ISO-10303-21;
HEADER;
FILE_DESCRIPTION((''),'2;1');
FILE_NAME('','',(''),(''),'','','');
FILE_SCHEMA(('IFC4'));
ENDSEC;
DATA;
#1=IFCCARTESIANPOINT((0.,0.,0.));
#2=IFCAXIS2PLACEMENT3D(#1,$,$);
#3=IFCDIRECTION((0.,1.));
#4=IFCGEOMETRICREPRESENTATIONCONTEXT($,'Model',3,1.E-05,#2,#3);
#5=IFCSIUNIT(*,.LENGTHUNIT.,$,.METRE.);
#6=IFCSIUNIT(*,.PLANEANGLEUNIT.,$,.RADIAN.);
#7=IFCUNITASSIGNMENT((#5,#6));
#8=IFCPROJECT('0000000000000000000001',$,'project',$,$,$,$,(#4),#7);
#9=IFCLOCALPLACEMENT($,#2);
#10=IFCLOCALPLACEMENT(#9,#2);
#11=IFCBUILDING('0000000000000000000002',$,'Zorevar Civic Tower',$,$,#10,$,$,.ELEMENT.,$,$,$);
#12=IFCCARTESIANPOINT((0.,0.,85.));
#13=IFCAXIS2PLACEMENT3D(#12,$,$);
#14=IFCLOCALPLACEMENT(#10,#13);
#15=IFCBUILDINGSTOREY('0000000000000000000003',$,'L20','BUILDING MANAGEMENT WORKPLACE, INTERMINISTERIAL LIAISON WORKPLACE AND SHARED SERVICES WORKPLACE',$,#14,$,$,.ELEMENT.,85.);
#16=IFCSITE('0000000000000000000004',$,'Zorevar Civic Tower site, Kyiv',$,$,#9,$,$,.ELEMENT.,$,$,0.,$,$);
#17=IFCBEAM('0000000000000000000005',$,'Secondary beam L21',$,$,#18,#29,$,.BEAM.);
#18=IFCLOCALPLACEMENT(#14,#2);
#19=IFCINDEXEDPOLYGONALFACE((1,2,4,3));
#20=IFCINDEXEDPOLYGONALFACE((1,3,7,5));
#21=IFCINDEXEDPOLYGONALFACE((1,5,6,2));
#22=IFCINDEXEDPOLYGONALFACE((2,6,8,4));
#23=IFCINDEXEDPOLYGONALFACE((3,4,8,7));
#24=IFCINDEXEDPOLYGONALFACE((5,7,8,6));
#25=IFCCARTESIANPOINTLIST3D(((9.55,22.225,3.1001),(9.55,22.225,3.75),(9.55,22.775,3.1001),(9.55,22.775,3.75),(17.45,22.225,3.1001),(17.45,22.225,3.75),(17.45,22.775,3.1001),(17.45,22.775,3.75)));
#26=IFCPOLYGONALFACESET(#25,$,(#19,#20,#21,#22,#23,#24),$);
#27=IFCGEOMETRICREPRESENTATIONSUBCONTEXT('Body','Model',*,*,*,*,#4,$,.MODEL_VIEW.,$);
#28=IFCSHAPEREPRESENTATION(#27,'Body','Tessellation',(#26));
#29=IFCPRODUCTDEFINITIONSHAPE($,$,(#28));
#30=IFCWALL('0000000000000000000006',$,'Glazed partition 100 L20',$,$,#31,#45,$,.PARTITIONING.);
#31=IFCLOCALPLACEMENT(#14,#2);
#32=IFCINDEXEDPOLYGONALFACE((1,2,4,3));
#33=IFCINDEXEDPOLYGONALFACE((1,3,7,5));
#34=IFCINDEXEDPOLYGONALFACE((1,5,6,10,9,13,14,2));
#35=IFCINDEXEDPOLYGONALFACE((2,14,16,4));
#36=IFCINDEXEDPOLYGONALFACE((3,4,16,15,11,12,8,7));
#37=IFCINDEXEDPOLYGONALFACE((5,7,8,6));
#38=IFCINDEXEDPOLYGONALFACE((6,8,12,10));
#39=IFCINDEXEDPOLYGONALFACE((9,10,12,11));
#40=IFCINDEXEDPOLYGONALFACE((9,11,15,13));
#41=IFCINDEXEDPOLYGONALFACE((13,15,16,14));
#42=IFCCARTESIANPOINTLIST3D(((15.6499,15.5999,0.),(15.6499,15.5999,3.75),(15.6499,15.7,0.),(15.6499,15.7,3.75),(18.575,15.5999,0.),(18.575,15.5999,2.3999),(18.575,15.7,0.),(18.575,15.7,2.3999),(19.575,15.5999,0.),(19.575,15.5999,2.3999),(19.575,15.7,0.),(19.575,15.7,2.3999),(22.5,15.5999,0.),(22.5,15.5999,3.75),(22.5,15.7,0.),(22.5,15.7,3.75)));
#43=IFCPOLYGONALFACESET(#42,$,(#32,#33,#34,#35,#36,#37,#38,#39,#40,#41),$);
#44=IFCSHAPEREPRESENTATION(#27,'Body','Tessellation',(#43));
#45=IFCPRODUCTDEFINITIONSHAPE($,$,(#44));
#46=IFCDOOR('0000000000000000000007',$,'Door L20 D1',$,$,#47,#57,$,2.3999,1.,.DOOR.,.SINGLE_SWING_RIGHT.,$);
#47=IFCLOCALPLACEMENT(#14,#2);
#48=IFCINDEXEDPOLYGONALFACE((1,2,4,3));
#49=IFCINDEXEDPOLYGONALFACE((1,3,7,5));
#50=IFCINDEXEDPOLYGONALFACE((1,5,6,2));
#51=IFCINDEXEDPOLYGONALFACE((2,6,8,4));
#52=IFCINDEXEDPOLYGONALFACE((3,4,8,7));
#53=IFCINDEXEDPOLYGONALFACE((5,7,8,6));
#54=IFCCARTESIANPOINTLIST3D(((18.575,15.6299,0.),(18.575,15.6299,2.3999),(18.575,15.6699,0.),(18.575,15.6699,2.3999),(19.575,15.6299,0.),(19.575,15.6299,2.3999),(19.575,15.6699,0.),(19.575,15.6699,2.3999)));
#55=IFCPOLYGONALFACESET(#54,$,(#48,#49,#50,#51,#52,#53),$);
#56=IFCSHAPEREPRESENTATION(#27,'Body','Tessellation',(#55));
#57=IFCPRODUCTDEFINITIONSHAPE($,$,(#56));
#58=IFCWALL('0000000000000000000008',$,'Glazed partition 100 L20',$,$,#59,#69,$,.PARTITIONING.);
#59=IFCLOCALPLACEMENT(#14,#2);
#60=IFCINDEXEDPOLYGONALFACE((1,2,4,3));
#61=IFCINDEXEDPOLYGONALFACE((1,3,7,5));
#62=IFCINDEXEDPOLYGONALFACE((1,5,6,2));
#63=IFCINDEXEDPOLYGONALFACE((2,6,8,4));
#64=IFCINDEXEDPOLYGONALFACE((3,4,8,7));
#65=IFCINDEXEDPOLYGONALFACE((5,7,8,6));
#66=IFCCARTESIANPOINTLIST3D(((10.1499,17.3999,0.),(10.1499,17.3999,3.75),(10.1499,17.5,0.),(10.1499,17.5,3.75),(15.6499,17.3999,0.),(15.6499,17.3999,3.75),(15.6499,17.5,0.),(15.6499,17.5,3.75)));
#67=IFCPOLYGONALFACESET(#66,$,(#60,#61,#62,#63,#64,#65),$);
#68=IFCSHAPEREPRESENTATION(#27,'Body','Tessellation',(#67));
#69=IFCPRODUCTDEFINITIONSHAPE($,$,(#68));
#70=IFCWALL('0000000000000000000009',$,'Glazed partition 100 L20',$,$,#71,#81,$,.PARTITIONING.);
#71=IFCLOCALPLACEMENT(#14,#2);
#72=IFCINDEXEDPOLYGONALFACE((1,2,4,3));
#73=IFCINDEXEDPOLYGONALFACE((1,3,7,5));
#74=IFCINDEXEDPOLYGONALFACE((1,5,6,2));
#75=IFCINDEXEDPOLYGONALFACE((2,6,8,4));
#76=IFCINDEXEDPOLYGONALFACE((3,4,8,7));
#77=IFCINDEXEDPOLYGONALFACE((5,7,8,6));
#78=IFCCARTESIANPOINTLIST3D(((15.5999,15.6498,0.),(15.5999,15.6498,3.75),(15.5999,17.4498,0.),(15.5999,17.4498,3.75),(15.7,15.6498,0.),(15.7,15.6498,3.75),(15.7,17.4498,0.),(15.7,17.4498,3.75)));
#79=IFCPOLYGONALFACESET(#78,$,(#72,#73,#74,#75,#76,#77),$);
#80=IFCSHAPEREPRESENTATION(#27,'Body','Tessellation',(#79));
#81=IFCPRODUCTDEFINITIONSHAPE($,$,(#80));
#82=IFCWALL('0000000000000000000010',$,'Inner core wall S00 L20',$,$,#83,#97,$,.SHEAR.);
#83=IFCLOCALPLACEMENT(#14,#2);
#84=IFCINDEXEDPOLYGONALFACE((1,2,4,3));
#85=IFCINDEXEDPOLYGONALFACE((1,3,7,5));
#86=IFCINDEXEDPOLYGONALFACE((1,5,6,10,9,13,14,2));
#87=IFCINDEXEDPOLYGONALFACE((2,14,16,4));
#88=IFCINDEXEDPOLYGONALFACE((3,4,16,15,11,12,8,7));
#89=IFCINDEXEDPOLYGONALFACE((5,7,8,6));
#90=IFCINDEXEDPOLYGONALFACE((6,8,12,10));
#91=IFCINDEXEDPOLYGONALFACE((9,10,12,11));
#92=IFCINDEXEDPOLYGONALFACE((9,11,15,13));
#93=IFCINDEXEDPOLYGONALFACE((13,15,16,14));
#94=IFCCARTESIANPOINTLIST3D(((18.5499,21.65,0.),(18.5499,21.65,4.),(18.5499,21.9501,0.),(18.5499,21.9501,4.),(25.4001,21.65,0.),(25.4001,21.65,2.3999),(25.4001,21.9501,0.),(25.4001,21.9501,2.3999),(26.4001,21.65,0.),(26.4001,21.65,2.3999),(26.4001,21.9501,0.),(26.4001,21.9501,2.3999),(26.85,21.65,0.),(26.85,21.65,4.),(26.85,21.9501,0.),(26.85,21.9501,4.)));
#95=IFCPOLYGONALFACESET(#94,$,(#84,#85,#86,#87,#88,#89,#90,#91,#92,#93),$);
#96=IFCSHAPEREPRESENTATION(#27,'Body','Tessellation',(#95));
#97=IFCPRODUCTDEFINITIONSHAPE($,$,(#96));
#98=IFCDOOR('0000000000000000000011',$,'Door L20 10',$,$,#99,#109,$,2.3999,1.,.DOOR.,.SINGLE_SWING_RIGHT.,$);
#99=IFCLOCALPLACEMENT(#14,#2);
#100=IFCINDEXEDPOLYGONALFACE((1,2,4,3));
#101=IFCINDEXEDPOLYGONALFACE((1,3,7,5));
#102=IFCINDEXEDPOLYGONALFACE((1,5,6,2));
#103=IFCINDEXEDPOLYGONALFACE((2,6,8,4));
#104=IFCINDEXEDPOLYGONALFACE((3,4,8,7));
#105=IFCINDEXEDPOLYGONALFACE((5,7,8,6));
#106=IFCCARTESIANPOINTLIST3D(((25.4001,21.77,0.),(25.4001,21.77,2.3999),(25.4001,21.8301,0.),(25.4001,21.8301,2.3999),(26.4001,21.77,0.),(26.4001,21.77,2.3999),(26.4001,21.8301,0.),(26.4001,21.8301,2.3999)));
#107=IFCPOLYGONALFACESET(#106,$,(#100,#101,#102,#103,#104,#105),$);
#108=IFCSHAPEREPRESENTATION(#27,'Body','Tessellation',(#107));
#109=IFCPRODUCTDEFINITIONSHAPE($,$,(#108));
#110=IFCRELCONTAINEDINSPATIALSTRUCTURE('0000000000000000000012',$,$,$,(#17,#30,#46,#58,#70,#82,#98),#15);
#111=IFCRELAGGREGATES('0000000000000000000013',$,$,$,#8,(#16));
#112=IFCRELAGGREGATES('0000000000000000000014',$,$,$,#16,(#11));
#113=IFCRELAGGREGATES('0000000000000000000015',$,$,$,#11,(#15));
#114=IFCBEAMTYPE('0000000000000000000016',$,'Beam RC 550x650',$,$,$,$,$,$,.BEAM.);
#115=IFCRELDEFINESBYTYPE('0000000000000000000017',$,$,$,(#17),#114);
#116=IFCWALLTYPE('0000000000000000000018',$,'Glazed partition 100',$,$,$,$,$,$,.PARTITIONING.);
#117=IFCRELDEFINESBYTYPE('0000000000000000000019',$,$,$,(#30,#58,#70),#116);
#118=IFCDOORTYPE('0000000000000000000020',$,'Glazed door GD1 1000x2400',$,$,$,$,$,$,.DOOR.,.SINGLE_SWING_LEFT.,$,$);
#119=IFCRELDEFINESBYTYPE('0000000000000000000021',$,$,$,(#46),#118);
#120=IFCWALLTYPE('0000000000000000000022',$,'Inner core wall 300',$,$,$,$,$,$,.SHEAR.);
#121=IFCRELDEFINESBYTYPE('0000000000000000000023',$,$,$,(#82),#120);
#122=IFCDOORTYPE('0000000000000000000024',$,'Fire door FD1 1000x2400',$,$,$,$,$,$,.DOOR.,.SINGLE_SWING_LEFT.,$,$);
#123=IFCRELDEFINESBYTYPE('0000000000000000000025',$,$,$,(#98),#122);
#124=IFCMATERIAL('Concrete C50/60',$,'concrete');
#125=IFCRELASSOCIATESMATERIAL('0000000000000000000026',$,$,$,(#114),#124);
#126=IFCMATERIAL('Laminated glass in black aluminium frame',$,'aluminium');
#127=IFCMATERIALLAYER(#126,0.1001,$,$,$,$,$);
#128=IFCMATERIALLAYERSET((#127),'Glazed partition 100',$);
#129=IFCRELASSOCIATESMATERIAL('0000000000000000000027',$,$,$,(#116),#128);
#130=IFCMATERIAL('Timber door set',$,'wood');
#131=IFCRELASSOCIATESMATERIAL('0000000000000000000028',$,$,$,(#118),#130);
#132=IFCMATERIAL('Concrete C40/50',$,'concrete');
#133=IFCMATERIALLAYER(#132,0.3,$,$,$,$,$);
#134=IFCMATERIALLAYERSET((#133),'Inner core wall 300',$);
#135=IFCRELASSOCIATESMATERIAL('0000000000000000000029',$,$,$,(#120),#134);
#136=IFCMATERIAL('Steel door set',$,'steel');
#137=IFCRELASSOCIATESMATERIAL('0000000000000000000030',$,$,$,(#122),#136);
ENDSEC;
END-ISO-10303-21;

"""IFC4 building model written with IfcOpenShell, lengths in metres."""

from ifc_helpers import new_model, si_unit, direction, frame, frame_2d, origin, origin_2d, place, context, subcontext, project, spatial, rectangle, extrude, material, layer, layer_set, material_profile, profile_set, type_object, element, fill, save


model = new_model("IFC4")

# Units and contexts
model_context = context("Model", 3, precision=1e-05, world=origin(), true_north=direction((0.0, 1.0)))
body_context = subcontext(model_context, "Body", "Model", "MODEL_VIEW")
ifc_project = project(units=[si_unit("LENGTHUNIT", "METRE"), si_unit("PLANEANGLEUNIT", "RADIAN")], contexts=[model_context])

# Site, building, storey
site_placement = place(None, origin())
site = spatial("IfcSite", under=ifc_project, at=site_placement, Name="Zorevar Civic Tower site, Kyiv", CompositionType="ELEMENT", RefElevation=0.0)
building_placement = place(site_placement, origin())
building = spatial("IfcBuilding", under=site, at=building_placement, Name="Zorevar Civic Tower", CompositionType="ELEMENT")
storey_placement = place(building_placement, frame((0.0, 0.0, 85.0)))
storey = spatial("IfcBuildingStorey", under=building, at=storey_placement, Name="L20", Description="BUILDING MANAGEMENT WORKPLACE, INTERMINISTERIAL LIAISON WORKPLACE AND SHARED SERVICES WORKPLACE", CompositionType="ELEMENT", Elevation=85.0)

# Beam
ifc_material_1 = material(Name="Concrete C50/60", Category="concrete")
ifc_material_profile = material_profile(ifc_material_1, rectangle(XDim=0.55, YDim=0.6499, at=origin_2d()), Name="RC 550x650")
ifc_profile_set = profile_set([ifc_material_profile], Name="Concrete C50/60")
beam_type = type_object("IfcBeamType", Name="Beam RC 550x650", PredefinedType="BEAM", material=ifc_profile_set)
beam_placement = place(storey_placement, frame((9.55, 22.5, 3.425), z_axis=(1.0, 0.0, 0.0), x_axis=(0.0, 1.0, 0.0)))
element("IfcBeam", 1, at=beam_placement, inside=storey, type_object=beam_type, Name="Secondary beam L21", PredefinedType="BEAM", context=body_context, shape_type="SweptSolid", body=[
    extrude(rectangle(XDim=0.55, YDim=0.6499, at=origin_2d()), origin(), (0.0, 0.0, 1.0), 7.8999),
])

# Wall, opening, door
ifc_material_2 = material(Name="Laminated glass in black aluminium frame", Category="aluminium")
ifc_layer_1 = layer(ifc_material_2, 0.1001)
ifc_layer_set_1 = layer_set([ifc_layer_1], Name="Glazed partition 100")
wall_type_1 = type_object("IfcWallType", Name="Glazed partition 100", PredefinedType="PARTITIONING", material=ifc_layer_set_1)
wall_1_placement = place(storey_placement, frame((15.6499, 15.6499, 0.0), z_axis=(0.0, 0.0, 1.0), x_axis=(1.0, 0.0, 0.0)))
wall_1 = element("IfcWall", 2, at=wall_1_placement, inside=storey, type_object=wall_type_1, Name="Glazed partition 100 L20", PredefinedType="PARTITIONING", context=body_context, shape_type="SweptSolid", body=[
    extrude(rectangle(XDim=6.8501, YDim=0.1001, at=frame_2d((3.425, 0.0))), origin(), (0.0, 0.0, 1.0), 3.75),
])
opening_1_placement = place(wall_1_placement, frame((2.925, 0.0, 0.0)))
opening_1 = element("IfcOpeningElement", 3, at=opening_1_placement, cuts=wall_1, PredefinedType="OPENING", context=body_context, shape_type="SweptSolid", body=[
    extrude(rectangle(XDim=1.0, YDim=2.3999, at=frame_2d((0.5, 1.2))), frame((0.0, 0.0601, 0.0), z_axis=(0.0, -1.0, 0.0), x_axis=(1.0, 0.0, 0.0)), (0.0, 0.0, 1.0), 0.1201),
])
ifc_material_3 = material(Name="Timber door set", Category="wood")
door_type_1 = type_object("IfcDoorType", Name="Glazed door GD1 1000x2400", OperationType="SINGLE_SWING_LEFT", PredefinedType="DOOR", material=ifc_material_3)
door_1_placement = place(opening_1_placement, origin())
door_1 = element("IfcDoor", 4, at=door_1_placement, inside=storey, type_object=door_type_1, Name="Door L20 D1", OperationType="SINGLE_SWING_RIGHT", OverallHeight=2.3999, OverallWidth=1.0, PredefinedType="DOOR", context=body_context, shape_type="SweptSolid", body=[
    extrude(rectangle(XDim=1.0, YDim=2.3999, at=frame_2d((0.5, 1.2))), frame((0.0, 0.02, 0.0), z_axis=(0.0, -1.0, 0.0), x_axis=(1.0, 0.0, 0.0)), (0.0, 0.0, 1.0), 0.04),
])
fill(opening_1, door_1)

# Walls
wall_2_placement = place(storey_placement, frame((10.1499, 17.45, 0.0), z_axis=(0.0, 0.0, 1.0), x_axis=(1.0, 0.0, 0.0)))
element("IfcWall", 5, at=wall_2_placement, inside=storey, type_object=wall_type_1, Name="Glazed partition 100 L20", PredefinedType="PARTITIONING", context=body_context, shape_type="SweptSolid", body=[
    extrude(rectangle(XDim=5.5, YDim=0.1001, at=frame_2d((2.75, 0.0))), origin(), (0.0, 0.0, 1.0), 3.75),
])
wall_3_placement = place(storey_placement, frame((15.6499, 15.6499, 0.0), z_axis=(0.0, 0.0, 1.0), x_axis=(0.0, 1.0, 0.0)))
element("IfcWall", 6, at=wall_3_placement, inside=storey, type_object=wall_type_1, Name="Glazed partition 100 L20", PredefinedType="PARTITIONING", context=body_context, shape_type="SweptSolid", body=[
    extrude(rectangle(XDim=1.8, YDim=0.1001, at=frame_2d((0.8999, 0.0))), origin(), (0.0, 0.0, 1.0), 3.75),
])

# Wall, opening, door
ifc_material_4 = material(Name="Concrete C40/50", Category="concrete")
ifc_layer_2 = layer(ifc_material_4, 0.3)
ifc_layer_set_2 = layer_set([ifc_layer_2], Name="Inner core wall 300")
wall_type_2 = type_object("IfcWallType", Name="Inner core wall 300", PredefinedType="SHEAR", material=ifc_layer_set_2)
wall_4_placement = place(storey_placement, frame((18.55, 21.8, 0.0), z_axis=(0.0, 0.0, 1.0), x_axis=(1.0, 0.0, 0.0)))
wall_4 = element("IfcWall", 7, at=wall_4_placement, inside=storey, type_object=wall_type_2, Name="Inner core wall S00 L20", PredefinedType="SHEAR", context=body_context, shape_type="SweptSolid", body=[
    extrude(rectangle(XDim=8.3, YDim=0.3, at=frame_2d((4.1499, 0.0))), origin(), (0.0, 0.0, 1.0), 4.0),
])
opening_2_placement = place(wall_4_placement, frame((6.8501, 0.0, 0.0)))
opening_2 = element("IfcOpeningElement", 8, at=opening_2_placement, cuts=wall_4, PredefinedType="OPENING", context=body_context, shape_type="SweptSolid", body=[
    extrude(rectangle(XDim=1.0, YDim=2.3999, at=frame_2d((0.5, 1.2))), frame((0.0, 0.1599, 0.0), z_axis=(0.0, -1.0, 0.0), x_axis=(1.0, 0.0, 0.0)), (0.0, 0.0, 1.0), 0.3201),
])
ifc_material_5 = material(Name="Steel door set", Category="steel")
door_type_2 = type_object("IfcDoorType", Name="Fire door FD1 1000x2400", OperationType="SINGLE_SWING_LEFT", PredefinedType="DOOR", material=ifc_material_5)
door_2_placement = place(opening_2_placement, origin())
door_2 = element("IfcDoor", 9, at=door_2_placement, inside=storey, type_object=door_type_2, Name="Door L20 10", OperationType="SINGLE_SWING_RIGHT", OverallHeight=2.3999, OverallWidth=1.0, PredefinedType="DOOR", context=body_context, shape_type="SweptSolid", body=[
    extrude(rectangle(XDim=1.0, YDim=2.3999, at=frame_2d((0.5, 1.2))), frame((0.0, 0.03, 0.0), z_axis=(0.0, -1.0, 0.0), x_axis=(1.0, 0.0, 0.0)), (0.0, 0.0, 1.0), 0.0601),
])
fill(opening_2, door_2)

save(model, "model.ifc")
